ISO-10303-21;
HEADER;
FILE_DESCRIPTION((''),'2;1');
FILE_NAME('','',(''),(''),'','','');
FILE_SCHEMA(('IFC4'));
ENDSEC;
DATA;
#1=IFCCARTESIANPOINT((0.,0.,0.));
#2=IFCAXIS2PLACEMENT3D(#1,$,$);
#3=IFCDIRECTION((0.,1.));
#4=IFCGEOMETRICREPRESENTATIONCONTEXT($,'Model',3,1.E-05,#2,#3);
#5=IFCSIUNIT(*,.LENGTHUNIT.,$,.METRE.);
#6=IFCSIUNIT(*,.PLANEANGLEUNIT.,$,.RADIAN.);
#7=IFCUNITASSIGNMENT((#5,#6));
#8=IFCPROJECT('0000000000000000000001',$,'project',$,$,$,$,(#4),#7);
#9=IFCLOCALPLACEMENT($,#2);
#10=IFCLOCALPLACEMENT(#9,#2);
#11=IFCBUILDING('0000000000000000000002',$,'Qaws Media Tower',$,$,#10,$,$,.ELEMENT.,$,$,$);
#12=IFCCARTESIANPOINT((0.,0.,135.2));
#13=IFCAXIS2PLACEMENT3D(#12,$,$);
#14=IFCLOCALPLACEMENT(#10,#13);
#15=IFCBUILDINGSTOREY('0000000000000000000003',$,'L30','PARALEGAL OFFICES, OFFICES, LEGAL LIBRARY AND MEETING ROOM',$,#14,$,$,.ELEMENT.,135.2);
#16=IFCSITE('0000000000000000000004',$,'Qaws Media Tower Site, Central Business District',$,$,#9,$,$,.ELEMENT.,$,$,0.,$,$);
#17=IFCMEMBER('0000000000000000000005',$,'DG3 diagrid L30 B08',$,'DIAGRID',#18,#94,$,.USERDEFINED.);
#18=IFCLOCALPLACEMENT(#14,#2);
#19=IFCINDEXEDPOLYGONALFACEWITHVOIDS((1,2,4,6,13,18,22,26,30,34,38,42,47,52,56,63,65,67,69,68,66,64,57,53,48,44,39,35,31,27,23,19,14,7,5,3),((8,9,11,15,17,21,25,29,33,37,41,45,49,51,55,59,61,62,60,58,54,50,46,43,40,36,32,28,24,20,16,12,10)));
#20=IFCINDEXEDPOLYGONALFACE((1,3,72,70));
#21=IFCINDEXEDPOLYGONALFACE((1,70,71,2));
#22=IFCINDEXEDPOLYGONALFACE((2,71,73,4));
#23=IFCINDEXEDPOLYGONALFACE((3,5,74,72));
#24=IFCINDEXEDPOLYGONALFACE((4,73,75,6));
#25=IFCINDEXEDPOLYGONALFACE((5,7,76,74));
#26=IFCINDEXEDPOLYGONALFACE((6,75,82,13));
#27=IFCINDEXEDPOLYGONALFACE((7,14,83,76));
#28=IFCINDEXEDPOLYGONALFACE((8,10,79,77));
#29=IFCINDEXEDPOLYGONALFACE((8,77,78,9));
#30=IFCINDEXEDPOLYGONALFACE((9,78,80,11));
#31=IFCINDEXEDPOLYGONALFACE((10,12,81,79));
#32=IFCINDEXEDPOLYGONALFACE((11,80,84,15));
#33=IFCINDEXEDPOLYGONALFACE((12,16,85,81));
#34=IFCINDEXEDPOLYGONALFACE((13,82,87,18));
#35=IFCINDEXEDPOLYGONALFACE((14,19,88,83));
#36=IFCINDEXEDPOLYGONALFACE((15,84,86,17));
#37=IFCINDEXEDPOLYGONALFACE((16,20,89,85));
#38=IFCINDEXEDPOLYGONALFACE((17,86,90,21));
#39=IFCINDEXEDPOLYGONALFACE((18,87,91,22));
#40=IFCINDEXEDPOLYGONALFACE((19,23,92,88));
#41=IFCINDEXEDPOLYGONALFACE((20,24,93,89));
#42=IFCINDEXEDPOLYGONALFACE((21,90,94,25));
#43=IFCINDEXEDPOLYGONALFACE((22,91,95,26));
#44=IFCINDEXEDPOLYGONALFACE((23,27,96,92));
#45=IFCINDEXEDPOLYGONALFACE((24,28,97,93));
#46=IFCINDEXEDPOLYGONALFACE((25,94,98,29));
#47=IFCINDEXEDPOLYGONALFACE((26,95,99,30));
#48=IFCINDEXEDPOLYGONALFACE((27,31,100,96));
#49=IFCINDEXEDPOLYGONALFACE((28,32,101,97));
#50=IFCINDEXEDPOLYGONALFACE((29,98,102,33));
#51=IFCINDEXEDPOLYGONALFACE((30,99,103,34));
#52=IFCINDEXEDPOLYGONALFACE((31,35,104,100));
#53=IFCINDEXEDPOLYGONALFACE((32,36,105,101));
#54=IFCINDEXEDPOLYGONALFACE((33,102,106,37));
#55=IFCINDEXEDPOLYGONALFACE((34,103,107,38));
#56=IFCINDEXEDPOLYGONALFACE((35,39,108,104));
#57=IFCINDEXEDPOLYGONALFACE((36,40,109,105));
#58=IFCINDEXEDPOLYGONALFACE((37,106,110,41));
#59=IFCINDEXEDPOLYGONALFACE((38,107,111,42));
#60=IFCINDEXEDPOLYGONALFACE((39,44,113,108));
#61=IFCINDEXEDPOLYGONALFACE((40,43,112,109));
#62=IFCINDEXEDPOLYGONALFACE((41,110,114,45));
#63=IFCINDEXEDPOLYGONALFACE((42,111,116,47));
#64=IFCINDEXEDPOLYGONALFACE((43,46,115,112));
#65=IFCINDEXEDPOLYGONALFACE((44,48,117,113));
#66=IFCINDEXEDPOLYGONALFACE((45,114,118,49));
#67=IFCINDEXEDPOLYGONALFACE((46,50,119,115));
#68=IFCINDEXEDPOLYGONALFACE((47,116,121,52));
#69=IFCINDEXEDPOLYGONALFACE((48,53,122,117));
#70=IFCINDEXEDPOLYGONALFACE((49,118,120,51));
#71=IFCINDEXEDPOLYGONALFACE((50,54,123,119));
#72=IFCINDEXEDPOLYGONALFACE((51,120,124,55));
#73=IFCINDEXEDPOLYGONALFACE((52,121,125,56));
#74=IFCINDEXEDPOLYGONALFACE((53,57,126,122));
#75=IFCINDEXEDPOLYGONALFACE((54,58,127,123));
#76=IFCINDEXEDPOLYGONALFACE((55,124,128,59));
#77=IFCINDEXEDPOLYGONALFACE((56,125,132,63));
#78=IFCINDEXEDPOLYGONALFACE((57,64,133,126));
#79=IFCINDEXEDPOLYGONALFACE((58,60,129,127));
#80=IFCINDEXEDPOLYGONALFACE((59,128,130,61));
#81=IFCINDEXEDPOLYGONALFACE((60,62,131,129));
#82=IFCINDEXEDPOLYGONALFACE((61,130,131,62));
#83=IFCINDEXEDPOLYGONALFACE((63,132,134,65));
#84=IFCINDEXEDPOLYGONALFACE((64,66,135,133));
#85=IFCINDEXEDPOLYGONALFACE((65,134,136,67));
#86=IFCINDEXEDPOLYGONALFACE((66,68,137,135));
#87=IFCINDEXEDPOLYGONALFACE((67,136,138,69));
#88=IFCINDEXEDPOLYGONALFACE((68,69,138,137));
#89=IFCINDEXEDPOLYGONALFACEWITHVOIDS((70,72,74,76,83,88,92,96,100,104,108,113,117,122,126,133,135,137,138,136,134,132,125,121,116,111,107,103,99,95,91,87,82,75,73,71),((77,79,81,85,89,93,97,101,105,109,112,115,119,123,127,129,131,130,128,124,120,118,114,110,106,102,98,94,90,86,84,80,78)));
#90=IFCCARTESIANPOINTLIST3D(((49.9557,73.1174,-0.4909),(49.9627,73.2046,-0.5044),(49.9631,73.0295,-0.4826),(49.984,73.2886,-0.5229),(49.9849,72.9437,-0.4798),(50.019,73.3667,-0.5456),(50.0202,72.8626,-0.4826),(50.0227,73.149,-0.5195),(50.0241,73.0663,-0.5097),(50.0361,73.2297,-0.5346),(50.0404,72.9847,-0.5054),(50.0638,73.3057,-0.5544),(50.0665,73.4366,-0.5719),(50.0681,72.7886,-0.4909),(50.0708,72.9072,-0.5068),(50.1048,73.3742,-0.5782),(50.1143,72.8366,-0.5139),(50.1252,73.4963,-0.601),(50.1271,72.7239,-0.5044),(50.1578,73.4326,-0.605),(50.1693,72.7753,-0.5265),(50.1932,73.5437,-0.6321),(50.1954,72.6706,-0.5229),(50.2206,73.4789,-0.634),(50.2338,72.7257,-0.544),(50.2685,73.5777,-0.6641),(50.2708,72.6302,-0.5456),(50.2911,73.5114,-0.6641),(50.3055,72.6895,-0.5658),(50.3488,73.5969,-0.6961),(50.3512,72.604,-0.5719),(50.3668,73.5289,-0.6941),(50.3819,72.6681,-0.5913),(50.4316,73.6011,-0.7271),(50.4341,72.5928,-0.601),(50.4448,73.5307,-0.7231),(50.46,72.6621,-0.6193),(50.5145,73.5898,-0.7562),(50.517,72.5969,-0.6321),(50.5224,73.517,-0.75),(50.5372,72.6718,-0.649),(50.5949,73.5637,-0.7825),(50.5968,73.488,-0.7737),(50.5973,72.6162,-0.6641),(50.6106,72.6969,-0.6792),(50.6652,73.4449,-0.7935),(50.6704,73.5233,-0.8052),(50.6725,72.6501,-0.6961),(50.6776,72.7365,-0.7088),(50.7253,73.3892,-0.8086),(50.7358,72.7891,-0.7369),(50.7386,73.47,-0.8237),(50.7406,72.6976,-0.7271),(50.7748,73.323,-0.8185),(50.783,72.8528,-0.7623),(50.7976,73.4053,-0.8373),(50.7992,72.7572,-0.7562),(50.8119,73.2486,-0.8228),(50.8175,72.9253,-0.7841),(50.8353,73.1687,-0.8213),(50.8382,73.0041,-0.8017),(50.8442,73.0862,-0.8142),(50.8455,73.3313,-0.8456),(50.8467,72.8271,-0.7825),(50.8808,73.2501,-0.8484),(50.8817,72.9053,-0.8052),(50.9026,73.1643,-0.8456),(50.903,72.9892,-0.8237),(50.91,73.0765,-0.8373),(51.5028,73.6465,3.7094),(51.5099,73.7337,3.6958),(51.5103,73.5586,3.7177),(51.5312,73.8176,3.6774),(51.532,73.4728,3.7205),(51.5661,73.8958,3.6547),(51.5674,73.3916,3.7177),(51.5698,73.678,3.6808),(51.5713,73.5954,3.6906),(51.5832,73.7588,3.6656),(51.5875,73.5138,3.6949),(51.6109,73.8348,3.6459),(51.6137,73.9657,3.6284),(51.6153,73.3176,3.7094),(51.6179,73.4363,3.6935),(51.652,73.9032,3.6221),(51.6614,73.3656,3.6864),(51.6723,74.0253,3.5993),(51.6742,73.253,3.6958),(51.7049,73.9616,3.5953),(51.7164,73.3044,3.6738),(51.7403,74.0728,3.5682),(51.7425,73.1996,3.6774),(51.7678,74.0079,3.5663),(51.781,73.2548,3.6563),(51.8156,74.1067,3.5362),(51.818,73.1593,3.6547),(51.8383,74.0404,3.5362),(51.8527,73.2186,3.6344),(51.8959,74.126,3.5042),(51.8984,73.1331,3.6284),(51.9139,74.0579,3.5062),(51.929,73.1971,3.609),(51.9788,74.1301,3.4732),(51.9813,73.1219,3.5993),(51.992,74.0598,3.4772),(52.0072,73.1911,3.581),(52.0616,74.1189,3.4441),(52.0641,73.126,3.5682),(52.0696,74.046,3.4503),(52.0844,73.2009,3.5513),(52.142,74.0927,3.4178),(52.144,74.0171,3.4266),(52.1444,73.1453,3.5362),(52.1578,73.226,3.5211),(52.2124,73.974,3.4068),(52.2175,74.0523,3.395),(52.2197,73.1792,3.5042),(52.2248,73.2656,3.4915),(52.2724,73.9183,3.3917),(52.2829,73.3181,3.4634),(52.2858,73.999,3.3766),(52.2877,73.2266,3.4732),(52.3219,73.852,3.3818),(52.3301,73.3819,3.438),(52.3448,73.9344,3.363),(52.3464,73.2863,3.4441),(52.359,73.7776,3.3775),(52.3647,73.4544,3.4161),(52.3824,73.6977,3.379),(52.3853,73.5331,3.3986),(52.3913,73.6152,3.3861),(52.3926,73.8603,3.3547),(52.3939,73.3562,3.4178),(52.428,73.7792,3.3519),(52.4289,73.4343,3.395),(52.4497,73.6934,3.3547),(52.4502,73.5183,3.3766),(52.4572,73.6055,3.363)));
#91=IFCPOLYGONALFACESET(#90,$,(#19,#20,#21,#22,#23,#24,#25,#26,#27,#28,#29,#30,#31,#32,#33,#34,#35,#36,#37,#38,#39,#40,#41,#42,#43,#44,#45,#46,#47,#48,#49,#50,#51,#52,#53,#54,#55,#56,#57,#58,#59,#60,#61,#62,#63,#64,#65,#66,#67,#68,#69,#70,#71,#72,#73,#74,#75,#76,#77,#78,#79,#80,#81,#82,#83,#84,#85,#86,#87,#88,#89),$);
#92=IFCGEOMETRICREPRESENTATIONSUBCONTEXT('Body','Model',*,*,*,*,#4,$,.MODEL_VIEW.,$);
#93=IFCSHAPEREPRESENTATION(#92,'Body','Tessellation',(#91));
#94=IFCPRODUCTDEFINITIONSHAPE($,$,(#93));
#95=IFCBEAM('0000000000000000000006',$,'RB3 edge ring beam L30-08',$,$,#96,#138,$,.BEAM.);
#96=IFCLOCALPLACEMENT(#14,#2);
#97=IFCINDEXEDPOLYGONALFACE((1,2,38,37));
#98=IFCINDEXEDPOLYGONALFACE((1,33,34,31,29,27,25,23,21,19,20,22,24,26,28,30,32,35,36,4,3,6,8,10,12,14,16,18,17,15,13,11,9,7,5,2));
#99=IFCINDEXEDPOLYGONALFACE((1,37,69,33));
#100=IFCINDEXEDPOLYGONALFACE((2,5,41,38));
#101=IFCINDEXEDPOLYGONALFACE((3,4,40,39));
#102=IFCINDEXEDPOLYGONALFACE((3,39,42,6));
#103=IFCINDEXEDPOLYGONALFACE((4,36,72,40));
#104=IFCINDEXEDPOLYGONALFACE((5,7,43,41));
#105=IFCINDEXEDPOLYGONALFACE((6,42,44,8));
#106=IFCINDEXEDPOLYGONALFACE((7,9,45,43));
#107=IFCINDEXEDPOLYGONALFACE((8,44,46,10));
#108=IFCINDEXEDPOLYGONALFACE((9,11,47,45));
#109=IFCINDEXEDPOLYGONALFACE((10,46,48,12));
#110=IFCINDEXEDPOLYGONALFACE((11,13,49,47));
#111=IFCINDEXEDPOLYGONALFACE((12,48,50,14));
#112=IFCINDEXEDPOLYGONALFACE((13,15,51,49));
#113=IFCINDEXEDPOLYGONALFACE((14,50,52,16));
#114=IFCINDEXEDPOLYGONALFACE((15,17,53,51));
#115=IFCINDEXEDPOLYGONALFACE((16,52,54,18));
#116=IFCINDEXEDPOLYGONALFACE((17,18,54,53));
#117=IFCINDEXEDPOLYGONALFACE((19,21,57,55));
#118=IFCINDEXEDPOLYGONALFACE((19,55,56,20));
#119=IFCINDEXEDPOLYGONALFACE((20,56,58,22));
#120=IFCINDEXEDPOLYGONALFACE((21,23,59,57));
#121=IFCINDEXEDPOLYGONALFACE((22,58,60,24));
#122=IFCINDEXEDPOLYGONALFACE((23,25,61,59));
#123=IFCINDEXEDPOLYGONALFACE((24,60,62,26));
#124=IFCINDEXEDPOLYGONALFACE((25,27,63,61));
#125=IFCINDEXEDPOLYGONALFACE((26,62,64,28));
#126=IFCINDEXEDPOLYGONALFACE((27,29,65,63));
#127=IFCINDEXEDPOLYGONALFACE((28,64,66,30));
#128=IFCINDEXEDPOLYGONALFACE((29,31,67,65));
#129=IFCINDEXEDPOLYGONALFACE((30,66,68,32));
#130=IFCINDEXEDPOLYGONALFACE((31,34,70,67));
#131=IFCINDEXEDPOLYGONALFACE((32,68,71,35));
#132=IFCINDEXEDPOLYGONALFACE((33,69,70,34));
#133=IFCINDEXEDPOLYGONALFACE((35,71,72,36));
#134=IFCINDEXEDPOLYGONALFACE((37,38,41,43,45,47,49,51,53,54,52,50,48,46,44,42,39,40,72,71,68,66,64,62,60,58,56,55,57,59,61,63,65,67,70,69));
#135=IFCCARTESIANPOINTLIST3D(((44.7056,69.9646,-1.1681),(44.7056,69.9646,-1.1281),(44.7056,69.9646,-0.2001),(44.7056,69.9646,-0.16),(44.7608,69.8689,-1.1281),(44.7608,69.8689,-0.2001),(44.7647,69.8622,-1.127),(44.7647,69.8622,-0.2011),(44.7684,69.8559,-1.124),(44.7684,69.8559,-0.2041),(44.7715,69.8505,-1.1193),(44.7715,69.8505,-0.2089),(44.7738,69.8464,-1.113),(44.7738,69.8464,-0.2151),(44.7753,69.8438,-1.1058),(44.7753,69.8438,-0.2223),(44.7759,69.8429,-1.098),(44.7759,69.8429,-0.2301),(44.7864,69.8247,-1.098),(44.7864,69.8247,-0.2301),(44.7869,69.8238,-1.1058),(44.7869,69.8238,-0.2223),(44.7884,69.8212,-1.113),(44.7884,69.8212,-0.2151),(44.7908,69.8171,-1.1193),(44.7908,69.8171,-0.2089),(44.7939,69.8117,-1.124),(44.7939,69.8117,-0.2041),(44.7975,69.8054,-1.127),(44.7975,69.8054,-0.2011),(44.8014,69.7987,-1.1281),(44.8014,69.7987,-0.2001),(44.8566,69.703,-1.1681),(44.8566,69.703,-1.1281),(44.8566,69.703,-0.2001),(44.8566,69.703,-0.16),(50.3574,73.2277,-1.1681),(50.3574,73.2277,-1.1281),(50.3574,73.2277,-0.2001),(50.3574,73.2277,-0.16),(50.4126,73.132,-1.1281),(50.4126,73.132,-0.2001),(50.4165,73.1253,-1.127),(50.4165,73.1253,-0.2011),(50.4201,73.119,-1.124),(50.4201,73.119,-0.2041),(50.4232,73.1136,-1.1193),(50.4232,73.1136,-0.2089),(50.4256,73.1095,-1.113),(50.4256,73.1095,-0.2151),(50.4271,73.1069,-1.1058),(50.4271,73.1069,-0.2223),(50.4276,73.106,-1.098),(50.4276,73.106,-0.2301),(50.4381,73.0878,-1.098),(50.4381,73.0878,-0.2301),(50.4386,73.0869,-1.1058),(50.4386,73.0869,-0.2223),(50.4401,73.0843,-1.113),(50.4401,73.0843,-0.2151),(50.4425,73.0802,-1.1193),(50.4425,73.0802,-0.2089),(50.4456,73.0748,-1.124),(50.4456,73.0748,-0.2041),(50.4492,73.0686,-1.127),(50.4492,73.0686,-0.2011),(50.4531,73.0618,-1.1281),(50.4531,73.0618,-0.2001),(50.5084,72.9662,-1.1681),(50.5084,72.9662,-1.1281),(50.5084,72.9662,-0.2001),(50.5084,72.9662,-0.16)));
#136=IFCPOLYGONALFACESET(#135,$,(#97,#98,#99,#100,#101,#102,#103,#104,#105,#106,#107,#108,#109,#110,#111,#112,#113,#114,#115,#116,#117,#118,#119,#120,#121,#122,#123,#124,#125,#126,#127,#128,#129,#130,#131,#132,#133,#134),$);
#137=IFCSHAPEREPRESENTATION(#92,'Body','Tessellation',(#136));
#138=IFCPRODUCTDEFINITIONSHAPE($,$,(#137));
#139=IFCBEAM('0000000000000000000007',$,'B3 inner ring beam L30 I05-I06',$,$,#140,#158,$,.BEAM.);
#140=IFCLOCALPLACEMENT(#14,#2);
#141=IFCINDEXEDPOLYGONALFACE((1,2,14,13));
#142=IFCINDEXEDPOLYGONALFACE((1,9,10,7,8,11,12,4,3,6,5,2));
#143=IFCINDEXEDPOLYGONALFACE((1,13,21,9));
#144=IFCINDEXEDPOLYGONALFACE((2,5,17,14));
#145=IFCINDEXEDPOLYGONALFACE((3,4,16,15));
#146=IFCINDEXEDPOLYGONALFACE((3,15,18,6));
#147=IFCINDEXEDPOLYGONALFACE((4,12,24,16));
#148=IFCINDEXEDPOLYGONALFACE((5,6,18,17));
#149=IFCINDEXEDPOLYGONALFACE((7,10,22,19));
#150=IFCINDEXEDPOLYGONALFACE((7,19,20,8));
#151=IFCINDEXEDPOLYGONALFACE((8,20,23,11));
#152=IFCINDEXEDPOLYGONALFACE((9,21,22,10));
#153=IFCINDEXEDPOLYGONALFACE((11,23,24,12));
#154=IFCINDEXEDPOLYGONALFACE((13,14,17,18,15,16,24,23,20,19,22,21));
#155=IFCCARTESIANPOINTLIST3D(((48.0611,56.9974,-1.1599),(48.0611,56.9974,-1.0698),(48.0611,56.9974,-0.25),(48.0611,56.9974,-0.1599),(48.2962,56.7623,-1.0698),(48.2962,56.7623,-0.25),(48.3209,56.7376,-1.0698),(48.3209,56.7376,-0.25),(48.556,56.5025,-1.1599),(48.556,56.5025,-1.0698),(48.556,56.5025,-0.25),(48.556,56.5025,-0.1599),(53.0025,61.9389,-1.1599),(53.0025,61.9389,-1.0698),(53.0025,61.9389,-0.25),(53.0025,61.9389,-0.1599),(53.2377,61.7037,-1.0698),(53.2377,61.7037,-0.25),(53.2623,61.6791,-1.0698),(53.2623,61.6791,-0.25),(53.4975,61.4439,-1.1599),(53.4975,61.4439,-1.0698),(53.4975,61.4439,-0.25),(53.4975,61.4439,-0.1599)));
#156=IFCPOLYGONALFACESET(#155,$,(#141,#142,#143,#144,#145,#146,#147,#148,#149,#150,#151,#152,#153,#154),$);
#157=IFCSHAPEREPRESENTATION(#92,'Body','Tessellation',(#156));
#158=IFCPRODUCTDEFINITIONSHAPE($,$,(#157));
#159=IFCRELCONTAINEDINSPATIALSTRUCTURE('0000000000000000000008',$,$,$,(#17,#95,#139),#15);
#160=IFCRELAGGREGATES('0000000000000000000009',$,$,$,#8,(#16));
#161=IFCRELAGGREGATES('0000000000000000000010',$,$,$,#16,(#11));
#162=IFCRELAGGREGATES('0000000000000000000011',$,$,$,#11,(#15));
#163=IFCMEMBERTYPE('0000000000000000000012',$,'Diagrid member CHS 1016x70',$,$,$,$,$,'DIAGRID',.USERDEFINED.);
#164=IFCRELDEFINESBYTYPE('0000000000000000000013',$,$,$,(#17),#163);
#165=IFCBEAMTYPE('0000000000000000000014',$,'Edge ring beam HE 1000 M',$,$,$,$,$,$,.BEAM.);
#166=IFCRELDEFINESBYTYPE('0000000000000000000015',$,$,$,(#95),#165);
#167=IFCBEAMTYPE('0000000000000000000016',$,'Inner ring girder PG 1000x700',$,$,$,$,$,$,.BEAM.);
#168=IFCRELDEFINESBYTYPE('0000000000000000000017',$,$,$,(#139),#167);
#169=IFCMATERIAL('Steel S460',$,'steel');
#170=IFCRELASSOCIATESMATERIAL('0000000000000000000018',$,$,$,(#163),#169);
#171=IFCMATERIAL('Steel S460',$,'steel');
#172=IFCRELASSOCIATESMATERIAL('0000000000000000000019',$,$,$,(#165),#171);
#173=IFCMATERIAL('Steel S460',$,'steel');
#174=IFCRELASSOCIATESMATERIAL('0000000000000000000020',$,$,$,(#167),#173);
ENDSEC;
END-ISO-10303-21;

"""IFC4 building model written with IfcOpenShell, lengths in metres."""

from ifc_helpers import new_model, si_unit, direction, frame, origin, origin_2d, place, context, subcontext, project, spatial, hollow_circle, i_section, extrude, material, material_profile, profile_set, type_object, element, save


model = new_model("IFC4")

# Units and contexts
model_context = context("Model", 3, precision=1e-05, world=origin(), true_north=direction((0.0, 1.0)))
body_context = subcontext(model_context, "Body", "Model", "MODEL_VIEW")
ifc_project = project(units=[si_unit("LENGTHUNIT", "METRE"), si_unit("PLANEANGLEUNIT", "RADIAN")], contexts=[model_context])

# Site, building, storey
site_placement = place(None, origin())
site = spatial("IfcSite", under=ifc_project, at=site_placement, Name="Qaws Media Tower Site, Central Business District", CompositionType="ELEMENT", RefElevation=0.0)
building_placement = place(site_placement, origin())
building = spatial("IfcBuilding", under=site, at=building_placement, Name="Qaws Media Tower", CompositionType="ELEMENT")
storey_placement = place(building_placement, frame((0.0, 0.0, 135.2)))
storey = spatial("IfcBuildingStorey", under=building, at=storey_placement, Name="L30", Description="PARALEGAL OFFICES, OFFICES, LEGAL LIBRARY AND MEETING ROOM", CompositionType="ELEMENT", Elevation=135.2)

# Member
ifc_material_1 = material(Name="Steel S460", Category="steel")
ifc_material_profile_1 = material_profile(ifc_material_1, hollow_circle(Radius=0.5081, WallThickness=0.0701, at=origin_2d()), Name="CHS 1016x70")
ifc_profile_set_1 = profile_set([ifc_material_profile_1], Name="Steel S460")
member_type_1 = type_object("IfcMemberType", Name="Diagrid member CHS 1016x70", ElementType="DIAGRID", PredefinedType="USERDEFINED", material=ifc_profile_set_1)
for number, where, z_axis, x_axis, name in (
    (1, (50.4329, 73.0969, -0.6641), (0.343253, 0.117379, 0.93188), (-0.323565, 0.946206, 0.0), "DG3 diagrid L30 B08"),
):
    element("IfcMember", number, at=place(storey_placement, frame(where, z_axis=z_axis, x_axis=x_axis)), inside=storey, type_object=member_type_1, Name=name, ObjectType="DIAGRID", PredefinedType="USERDEFINED", context=body_context, shape_type="SweptSolid", body=[
        extrude(hollow_circle(Radius=0.5081, WallThickness=0.0701, at=origin_2d()), origin(), (0.0, 0.0, 1.0), 4.5073),
    ])

# Beams
ifc_material_2 = material(Name="Steel S460", Category="steel")
ifc_material_profile_2 = material_profile(ifc_material_2, i_section(OverallWidth=0.302, OverallDepth=1.0081, WebThickness=0.021, FlangeThickness=0.04, FilletRadius=0.03, at=origin_2d()), Name="HE 1000 M")
ifc_profile_set_2 = profile_set([ifc_material_profile_2], Name="Steel S460")
beam_type_1 = type_object("IfcBeamType", Name="Edge ring beam HE 1000 M", PredefinedType="BEAM", material=ifc_profile_set_2)
beam_1_placement = place(storey_placement, frame((50.4329, 73.0969, -0.6641), z_axis=(-0.86602, -0.50001, 0.0), x_axis=(0.50001, -0.86602, 0.0)))
element("IfcBeam", 2, at=beam_1_placement, inside=storey, type_object=beam_type_1, Name="RB3 edge ring beam L30-08", PredefinedType="BEAM", context=body_context, shape_type="SweptSolid", body=[
    extrude(i_section(OverallWidth=0.302, OverallDepth=1.0081, WebThickness=0.021, FlangeThickness=0.04, FilletRadius=0.03, at=origin_2d()), origin(), (0.0, 0.0, 1.0), 6.5261),
])
ifc_material_3 = material(Name="Steel S460", Category="steel")
ifc_material_profile_3 = material_profile(ifc_material_3, i_section(OverallWidth=0.7, OverallDepth=1.0, WebThickness=0.0349, FlangeThickness=0.0901, at=origin_2d()), Name="PG 1000x700")
ifc_profile_set_3 = profile_set([ifc_material_profile_3], Name="Steel S460")
beam_type_2 = type_object("IfcBeamType", Name="Inner ring girder PG 1000x700", PredefinedType="BEAM", material=ifc_profile_set_3)
beam_2_placement = place(storey_placement, frame((53.25, 61.6914, -0.6599), z_axis=(-0.707107, -0.707107, 0.0), x_axis=(0.707107, -0.707107, 0.0)))
element("IfcBeam", 3, at=beam_2_placement, inside=storey, type_object=beam_type_2, Name="B3 inner ring beam L30 I05-I06", PredefinedType="BEAM", context=body_context, shape_type="SweptSolid", body=[
    extrude(i_section(OverallWidth=0.7, OverallDepth=1.0, WebThickness=0.0349, FlangeThickness=0.0901, at=origin_2d()), origin(), (0.0, 0.0, 1.0), 6.9883),
])

save(model, "model.ifc")
